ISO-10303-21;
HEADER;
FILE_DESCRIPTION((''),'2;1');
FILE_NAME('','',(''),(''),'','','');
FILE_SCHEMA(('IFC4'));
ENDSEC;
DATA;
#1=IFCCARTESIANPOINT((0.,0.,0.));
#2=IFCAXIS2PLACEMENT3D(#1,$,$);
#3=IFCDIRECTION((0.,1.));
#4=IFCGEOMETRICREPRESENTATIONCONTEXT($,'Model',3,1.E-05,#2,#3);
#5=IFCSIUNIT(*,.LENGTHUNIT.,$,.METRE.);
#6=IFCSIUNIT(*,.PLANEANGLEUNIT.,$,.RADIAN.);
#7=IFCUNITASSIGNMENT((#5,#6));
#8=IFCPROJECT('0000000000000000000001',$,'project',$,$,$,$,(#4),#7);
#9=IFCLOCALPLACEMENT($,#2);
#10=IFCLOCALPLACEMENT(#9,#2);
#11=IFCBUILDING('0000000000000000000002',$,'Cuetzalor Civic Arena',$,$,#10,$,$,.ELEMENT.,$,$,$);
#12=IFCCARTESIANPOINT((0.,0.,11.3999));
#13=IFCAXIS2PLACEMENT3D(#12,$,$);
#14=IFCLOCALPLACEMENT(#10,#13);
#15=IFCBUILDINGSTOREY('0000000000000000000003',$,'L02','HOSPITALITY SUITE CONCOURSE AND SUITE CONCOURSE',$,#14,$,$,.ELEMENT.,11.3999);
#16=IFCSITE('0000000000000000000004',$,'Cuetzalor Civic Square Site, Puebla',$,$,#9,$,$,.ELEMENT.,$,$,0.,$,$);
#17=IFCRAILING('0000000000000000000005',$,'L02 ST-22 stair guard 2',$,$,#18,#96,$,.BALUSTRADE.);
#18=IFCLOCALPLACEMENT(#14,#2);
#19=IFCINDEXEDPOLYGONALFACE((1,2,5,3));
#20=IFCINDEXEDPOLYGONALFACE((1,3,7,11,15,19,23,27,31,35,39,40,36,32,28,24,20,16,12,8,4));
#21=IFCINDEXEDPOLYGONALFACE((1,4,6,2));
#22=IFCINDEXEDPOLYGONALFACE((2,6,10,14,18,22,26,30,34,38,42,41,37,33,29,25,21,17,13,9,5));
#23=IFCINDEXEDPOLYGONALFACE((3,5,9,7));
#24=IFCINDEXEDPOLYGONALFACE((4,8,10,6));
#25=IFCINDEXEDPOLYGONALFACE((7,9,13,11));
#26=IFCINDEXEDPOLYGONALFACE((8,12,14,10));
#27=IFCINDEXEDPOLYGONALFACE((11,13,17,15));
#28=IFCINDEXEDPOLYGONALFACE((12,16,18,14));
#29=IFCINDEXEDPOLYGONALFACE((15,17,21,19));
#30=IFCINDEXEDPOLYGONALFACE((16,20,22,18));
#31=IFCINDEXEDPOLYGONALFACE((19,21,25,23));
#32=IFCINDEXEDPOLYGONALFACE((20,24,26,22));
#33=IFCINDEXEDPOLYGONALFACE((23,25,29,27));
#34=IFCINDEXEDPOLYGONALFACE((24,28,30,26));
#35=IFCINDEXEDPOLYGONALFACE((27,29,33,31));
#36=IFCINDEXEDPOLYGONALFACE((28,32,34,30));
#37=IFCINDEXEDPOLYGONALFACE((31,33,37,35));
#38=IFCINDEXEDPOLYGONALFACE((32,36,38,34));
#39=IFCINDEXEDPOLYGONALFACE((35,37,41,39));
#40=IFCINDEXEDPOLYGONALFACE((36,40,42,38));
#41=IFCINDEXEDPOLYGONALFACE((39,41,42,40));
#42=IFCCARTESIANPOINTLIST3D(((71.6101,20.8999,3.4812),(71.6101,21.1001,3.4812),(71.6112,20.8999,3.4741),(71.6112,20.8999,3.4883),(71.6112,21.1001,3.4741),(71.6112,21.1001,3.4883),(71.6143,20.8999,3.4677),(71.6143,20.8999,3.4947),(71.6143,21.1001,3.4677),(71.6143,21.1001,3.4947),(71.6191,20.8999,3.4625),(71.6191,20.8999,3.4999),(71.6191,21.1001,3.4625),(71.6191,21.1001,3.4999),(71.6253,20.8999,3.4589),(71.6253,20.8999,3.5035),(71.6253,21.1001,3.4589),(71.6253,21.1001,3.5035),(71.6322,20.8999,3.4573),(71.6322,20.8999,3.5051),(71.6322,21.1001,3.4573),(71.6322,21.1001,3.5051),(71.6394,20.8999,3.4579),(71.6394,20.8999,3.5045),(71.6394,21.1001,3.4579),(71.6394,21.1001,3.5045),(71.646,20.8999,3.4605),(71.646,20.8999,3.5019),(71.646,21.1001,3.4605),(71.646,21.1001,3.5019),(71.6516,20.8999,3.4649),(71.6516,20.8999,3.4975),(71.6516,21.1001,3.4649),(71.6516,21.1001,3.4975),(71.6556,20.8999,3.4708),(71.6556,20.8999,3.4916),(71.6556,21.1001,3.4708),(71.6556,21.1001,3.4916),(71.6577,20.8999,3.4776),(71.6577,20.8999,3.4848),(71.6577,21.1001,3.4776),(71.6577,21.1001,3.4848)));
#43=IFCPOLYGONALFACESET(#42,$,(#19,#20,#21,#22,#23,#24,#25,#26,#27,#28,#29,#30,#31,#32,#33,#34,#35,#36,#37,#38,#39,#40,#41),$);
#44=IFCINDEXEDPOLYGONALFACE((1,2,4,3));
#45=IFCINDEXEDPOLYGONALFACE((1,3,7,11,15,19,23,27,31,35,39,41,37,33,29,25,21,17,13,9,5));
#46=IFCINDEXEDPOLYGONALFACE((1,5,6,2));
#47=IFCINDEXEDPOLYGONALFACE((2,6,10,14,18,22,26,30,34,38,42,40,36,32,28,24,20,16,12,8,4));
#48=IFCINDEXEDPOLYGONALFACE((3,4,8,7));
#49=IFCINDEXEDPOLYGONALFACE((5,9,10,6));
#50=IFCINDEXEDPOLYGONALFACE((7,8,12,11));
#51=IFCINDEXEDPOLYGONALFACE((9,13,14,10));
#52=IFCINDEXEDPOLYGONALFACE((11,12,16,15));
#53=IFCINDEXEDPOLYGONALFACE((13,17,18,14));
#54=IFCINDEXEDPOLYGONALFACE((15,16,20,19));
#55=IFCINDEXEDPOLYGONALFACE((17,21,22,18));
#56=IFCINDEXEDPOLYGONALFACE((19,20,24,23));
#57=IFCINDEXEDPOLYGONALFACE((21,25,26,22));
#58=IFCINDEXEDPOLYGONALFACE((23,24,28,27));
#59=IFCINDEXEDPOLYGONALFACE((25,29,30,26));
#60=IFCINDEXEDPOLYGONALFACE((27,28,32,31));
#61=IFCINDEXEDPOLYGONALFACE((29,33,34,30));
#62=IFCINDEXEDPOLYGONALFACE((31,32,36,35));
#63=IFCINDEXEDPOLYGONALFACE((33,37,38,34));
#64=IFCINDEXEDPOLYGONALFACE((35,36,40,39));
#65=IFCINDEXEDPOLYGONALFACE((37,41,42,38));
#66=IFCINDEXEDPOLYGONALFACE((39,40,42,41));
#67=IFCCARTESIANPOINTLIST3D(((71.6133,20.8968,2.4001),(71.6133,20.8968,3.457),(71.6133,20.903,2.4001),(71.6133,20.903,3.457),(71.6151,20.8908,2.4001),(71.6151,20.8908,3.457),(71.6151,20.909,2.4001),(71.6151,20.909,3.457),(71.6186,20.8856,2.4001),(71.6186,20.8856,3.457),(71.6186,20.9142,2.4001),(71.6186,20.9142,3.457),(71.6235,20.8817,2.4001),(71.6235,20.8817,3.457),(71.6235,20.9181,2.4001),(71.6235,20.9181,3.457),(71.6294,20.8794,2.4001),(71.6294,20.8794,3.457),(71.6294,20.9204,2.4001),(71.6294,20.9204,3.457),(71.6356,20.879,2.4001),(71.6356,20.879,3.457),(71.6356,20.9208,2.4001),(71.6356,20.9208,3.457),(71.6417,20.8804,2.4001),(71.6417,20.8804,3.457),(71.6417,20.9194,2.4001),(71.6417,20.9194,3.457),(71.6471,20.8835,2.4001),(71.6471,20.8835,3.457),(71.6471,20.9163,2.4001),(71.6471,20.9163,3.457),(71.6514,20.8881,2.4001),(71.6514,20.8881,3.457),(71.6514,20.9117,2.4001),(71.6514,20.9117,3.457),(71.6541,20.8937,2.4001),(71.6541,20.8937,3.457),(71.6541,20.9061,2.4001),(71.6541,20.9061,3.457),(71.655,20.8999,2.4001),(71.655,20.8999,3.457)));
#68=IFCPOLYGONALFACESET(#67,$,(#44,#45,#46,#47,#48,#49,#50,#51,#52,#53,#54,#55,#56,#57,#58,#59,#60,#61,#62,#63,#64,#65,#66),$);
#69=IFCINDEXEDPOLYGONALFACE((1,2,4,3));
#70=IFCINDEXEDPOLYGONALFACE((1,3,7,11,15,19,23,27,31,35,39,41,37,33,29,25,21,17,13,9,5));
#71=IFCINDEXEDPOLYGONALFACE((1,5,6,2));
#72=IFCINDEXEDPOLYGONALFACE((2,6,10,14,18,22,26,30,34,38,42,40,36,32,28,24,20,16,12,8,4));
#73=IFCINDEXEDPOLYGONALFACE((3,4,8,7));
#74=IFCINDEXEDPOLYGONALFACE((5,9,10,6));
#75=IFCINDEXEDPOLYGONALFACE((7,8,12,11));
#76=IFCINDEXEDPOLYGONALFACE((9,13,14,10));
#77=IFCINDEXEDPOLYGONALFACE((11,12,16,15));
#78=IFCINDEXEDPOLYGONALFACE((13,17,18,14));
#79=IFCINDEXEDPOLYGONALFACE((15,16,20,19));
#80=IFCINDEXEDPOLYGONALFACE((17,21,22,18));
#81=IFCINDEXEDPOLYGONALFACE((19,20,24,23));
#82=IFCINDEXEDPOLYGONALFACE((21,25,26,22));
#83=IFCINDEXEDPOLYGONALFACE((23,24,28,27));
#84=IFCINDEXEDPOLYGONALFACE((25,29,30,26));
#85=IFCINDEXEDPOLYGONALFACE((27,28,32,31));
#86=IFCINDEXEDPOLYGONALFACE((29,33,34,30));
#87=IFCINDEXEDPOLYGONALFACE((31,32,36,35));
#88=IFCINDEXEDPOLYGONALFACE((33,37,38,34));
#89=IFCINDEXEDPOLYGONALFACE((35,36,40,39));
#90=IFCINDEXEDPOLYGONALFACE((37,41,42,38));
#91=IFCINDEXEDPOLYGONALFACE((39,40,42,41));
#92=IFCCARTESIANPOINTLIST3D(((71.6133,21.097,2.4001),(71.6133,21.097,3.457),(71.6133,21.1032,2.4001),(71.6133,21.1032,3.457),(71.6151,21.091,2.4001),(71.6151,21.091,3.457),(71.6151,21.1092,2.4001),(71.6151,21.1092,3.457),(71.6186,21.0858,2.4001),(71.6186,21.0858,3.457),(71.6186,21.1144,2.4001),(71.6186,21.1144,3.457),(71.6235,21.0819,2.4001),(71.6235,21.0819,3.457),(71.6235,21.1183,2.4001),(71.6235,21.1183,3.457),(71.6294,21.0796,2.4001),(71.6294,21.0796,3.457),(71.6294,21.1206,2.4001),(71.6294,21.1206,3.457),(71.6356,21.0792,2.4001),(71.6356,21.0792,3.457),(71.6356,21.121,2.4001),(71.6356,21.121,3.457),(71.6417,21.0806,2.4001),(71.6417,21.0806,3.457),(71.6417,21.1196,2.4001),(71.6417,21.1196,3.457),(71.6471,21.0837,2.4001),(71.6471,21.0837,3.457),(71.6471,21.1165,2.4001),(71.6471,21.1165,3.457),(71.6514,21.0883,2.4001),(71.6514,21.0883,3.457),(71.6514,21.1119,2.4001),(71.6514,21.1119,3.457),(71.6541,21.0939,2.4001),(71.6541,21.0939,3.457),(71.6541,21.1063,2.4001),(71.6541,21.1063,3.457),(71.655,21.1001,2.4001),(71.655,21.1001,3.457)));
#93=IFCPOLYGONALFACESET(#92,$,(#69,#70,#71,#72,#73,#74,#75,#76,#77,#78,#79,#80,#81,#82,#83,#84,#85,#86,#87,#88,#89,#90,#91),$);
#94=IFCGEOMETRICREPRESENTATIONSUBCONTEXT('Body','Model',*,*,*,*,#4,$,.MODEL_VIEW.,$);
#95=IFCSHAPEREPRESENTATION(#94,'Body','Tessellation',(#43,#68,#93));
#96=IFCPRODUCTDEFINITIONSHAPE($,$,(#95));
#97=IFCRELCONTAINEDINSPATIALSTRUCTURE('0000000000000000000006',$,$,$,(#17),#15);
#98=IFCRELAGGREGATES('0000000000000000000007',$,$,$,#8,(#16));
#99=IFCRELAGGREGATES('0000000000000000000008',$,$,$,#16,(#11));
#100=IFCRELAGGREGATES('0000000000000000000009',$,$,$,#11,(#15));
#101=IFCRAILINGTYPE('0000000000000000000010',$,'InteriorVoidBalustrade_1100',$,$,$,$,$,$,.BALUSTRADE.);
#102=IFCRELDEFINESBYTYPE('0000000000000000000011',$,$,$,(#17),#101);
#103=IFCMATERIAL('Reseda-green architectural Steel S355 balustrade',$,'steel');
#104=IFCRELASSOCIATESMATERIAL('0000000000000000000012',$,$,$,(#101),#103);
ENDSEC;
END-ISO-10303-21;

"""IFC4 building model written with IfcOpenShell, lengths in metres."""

from ifc_helpers import new_model, si_unit, direction, frame, origin, origin_2d, place, context, subcontext, project, spatial, circle, extrude, material, type_object, element, save


model = new_model("IFC4")

# Units and contexts
model_context = context("Model", 3, precision=1e-05, world=origin(), true_north=direction((0.0, 1.0)))
body_context = subcontext(model_context, "Body", "Model", "MODEL_VIEW")
ifc_project = project(units=[si_unit("LENGTHUNIT", "METRE"), si_unit("PLANEANGLEUNIT", "RADIAN")], contexts=[model_context])

# Site, building, storey
site_placement = place(None, origin())
site = spatial("IfcSite", under=ifc_project, at=site_placement, Name="Cuetzalor Civic Square Site, Puebla", CompositionType="ELEMENT", RefElevation=0.0)
building_placement = place(site_placement, origin())
building = spatial("IfcBuilding", under=site, at=building_placement, Name="Cuetzalor Civic Arena", CompositionType="ELEMENT")
storey_placement = place(building_placement, frame((0.0, 0.0, 11.3999)))
storey = spatial("IfcBuildingStorey", under=building, at=storey_placement, Name="L02", Description="HOSPITALITY SUITE CONCOURSE AND SUITE CONCOURSE", CompositionType="ELEMENT", Elevation=11.3999)

# Railing
ifc_material_1 = material(Name="Reseda-green architectural Steel S355 balustrade", Category="steel")
railing_type_1 = type_object("IfcRailingType", Name="InteriorVoidBalustrade_1100", PredefinedType="BALUSTRADE", material=ifc_material_1)
railing_1_placement = place(storey_placement, frame((71.634, 20.8999, 2.4001)))
element("IfcRailing", 1, at=railing_1_placement, inside=storey, type_object=railing_type_1, Name="L02 ST-22 stair guard 2", PredefinedType="BALUSTRADE", context=body_context, shape_type="SweptSolid", body=[
    extrude(circle(Radius=0.0239, at=origin_2d()), frame((0.0, 0.0, 1.0811), z_axis=(0.0, 1.0, 0.0), x_axis=(-1.0, 0.0, 0.0)), (0.0, 0.0, 1.0), 0.2002),
    extrude(circle(Radius=0.021, at=origin_2d()), origin(), (0.0, 0.0, 1.0), 1.0569),
    extrude(circle(Radius=0.021, at=origin_2d()), frame((0.0, 0.2002, 0.0)), (0.0, 0.0, 1.0), 1.0569),
])

save(model, "model.ifc")
